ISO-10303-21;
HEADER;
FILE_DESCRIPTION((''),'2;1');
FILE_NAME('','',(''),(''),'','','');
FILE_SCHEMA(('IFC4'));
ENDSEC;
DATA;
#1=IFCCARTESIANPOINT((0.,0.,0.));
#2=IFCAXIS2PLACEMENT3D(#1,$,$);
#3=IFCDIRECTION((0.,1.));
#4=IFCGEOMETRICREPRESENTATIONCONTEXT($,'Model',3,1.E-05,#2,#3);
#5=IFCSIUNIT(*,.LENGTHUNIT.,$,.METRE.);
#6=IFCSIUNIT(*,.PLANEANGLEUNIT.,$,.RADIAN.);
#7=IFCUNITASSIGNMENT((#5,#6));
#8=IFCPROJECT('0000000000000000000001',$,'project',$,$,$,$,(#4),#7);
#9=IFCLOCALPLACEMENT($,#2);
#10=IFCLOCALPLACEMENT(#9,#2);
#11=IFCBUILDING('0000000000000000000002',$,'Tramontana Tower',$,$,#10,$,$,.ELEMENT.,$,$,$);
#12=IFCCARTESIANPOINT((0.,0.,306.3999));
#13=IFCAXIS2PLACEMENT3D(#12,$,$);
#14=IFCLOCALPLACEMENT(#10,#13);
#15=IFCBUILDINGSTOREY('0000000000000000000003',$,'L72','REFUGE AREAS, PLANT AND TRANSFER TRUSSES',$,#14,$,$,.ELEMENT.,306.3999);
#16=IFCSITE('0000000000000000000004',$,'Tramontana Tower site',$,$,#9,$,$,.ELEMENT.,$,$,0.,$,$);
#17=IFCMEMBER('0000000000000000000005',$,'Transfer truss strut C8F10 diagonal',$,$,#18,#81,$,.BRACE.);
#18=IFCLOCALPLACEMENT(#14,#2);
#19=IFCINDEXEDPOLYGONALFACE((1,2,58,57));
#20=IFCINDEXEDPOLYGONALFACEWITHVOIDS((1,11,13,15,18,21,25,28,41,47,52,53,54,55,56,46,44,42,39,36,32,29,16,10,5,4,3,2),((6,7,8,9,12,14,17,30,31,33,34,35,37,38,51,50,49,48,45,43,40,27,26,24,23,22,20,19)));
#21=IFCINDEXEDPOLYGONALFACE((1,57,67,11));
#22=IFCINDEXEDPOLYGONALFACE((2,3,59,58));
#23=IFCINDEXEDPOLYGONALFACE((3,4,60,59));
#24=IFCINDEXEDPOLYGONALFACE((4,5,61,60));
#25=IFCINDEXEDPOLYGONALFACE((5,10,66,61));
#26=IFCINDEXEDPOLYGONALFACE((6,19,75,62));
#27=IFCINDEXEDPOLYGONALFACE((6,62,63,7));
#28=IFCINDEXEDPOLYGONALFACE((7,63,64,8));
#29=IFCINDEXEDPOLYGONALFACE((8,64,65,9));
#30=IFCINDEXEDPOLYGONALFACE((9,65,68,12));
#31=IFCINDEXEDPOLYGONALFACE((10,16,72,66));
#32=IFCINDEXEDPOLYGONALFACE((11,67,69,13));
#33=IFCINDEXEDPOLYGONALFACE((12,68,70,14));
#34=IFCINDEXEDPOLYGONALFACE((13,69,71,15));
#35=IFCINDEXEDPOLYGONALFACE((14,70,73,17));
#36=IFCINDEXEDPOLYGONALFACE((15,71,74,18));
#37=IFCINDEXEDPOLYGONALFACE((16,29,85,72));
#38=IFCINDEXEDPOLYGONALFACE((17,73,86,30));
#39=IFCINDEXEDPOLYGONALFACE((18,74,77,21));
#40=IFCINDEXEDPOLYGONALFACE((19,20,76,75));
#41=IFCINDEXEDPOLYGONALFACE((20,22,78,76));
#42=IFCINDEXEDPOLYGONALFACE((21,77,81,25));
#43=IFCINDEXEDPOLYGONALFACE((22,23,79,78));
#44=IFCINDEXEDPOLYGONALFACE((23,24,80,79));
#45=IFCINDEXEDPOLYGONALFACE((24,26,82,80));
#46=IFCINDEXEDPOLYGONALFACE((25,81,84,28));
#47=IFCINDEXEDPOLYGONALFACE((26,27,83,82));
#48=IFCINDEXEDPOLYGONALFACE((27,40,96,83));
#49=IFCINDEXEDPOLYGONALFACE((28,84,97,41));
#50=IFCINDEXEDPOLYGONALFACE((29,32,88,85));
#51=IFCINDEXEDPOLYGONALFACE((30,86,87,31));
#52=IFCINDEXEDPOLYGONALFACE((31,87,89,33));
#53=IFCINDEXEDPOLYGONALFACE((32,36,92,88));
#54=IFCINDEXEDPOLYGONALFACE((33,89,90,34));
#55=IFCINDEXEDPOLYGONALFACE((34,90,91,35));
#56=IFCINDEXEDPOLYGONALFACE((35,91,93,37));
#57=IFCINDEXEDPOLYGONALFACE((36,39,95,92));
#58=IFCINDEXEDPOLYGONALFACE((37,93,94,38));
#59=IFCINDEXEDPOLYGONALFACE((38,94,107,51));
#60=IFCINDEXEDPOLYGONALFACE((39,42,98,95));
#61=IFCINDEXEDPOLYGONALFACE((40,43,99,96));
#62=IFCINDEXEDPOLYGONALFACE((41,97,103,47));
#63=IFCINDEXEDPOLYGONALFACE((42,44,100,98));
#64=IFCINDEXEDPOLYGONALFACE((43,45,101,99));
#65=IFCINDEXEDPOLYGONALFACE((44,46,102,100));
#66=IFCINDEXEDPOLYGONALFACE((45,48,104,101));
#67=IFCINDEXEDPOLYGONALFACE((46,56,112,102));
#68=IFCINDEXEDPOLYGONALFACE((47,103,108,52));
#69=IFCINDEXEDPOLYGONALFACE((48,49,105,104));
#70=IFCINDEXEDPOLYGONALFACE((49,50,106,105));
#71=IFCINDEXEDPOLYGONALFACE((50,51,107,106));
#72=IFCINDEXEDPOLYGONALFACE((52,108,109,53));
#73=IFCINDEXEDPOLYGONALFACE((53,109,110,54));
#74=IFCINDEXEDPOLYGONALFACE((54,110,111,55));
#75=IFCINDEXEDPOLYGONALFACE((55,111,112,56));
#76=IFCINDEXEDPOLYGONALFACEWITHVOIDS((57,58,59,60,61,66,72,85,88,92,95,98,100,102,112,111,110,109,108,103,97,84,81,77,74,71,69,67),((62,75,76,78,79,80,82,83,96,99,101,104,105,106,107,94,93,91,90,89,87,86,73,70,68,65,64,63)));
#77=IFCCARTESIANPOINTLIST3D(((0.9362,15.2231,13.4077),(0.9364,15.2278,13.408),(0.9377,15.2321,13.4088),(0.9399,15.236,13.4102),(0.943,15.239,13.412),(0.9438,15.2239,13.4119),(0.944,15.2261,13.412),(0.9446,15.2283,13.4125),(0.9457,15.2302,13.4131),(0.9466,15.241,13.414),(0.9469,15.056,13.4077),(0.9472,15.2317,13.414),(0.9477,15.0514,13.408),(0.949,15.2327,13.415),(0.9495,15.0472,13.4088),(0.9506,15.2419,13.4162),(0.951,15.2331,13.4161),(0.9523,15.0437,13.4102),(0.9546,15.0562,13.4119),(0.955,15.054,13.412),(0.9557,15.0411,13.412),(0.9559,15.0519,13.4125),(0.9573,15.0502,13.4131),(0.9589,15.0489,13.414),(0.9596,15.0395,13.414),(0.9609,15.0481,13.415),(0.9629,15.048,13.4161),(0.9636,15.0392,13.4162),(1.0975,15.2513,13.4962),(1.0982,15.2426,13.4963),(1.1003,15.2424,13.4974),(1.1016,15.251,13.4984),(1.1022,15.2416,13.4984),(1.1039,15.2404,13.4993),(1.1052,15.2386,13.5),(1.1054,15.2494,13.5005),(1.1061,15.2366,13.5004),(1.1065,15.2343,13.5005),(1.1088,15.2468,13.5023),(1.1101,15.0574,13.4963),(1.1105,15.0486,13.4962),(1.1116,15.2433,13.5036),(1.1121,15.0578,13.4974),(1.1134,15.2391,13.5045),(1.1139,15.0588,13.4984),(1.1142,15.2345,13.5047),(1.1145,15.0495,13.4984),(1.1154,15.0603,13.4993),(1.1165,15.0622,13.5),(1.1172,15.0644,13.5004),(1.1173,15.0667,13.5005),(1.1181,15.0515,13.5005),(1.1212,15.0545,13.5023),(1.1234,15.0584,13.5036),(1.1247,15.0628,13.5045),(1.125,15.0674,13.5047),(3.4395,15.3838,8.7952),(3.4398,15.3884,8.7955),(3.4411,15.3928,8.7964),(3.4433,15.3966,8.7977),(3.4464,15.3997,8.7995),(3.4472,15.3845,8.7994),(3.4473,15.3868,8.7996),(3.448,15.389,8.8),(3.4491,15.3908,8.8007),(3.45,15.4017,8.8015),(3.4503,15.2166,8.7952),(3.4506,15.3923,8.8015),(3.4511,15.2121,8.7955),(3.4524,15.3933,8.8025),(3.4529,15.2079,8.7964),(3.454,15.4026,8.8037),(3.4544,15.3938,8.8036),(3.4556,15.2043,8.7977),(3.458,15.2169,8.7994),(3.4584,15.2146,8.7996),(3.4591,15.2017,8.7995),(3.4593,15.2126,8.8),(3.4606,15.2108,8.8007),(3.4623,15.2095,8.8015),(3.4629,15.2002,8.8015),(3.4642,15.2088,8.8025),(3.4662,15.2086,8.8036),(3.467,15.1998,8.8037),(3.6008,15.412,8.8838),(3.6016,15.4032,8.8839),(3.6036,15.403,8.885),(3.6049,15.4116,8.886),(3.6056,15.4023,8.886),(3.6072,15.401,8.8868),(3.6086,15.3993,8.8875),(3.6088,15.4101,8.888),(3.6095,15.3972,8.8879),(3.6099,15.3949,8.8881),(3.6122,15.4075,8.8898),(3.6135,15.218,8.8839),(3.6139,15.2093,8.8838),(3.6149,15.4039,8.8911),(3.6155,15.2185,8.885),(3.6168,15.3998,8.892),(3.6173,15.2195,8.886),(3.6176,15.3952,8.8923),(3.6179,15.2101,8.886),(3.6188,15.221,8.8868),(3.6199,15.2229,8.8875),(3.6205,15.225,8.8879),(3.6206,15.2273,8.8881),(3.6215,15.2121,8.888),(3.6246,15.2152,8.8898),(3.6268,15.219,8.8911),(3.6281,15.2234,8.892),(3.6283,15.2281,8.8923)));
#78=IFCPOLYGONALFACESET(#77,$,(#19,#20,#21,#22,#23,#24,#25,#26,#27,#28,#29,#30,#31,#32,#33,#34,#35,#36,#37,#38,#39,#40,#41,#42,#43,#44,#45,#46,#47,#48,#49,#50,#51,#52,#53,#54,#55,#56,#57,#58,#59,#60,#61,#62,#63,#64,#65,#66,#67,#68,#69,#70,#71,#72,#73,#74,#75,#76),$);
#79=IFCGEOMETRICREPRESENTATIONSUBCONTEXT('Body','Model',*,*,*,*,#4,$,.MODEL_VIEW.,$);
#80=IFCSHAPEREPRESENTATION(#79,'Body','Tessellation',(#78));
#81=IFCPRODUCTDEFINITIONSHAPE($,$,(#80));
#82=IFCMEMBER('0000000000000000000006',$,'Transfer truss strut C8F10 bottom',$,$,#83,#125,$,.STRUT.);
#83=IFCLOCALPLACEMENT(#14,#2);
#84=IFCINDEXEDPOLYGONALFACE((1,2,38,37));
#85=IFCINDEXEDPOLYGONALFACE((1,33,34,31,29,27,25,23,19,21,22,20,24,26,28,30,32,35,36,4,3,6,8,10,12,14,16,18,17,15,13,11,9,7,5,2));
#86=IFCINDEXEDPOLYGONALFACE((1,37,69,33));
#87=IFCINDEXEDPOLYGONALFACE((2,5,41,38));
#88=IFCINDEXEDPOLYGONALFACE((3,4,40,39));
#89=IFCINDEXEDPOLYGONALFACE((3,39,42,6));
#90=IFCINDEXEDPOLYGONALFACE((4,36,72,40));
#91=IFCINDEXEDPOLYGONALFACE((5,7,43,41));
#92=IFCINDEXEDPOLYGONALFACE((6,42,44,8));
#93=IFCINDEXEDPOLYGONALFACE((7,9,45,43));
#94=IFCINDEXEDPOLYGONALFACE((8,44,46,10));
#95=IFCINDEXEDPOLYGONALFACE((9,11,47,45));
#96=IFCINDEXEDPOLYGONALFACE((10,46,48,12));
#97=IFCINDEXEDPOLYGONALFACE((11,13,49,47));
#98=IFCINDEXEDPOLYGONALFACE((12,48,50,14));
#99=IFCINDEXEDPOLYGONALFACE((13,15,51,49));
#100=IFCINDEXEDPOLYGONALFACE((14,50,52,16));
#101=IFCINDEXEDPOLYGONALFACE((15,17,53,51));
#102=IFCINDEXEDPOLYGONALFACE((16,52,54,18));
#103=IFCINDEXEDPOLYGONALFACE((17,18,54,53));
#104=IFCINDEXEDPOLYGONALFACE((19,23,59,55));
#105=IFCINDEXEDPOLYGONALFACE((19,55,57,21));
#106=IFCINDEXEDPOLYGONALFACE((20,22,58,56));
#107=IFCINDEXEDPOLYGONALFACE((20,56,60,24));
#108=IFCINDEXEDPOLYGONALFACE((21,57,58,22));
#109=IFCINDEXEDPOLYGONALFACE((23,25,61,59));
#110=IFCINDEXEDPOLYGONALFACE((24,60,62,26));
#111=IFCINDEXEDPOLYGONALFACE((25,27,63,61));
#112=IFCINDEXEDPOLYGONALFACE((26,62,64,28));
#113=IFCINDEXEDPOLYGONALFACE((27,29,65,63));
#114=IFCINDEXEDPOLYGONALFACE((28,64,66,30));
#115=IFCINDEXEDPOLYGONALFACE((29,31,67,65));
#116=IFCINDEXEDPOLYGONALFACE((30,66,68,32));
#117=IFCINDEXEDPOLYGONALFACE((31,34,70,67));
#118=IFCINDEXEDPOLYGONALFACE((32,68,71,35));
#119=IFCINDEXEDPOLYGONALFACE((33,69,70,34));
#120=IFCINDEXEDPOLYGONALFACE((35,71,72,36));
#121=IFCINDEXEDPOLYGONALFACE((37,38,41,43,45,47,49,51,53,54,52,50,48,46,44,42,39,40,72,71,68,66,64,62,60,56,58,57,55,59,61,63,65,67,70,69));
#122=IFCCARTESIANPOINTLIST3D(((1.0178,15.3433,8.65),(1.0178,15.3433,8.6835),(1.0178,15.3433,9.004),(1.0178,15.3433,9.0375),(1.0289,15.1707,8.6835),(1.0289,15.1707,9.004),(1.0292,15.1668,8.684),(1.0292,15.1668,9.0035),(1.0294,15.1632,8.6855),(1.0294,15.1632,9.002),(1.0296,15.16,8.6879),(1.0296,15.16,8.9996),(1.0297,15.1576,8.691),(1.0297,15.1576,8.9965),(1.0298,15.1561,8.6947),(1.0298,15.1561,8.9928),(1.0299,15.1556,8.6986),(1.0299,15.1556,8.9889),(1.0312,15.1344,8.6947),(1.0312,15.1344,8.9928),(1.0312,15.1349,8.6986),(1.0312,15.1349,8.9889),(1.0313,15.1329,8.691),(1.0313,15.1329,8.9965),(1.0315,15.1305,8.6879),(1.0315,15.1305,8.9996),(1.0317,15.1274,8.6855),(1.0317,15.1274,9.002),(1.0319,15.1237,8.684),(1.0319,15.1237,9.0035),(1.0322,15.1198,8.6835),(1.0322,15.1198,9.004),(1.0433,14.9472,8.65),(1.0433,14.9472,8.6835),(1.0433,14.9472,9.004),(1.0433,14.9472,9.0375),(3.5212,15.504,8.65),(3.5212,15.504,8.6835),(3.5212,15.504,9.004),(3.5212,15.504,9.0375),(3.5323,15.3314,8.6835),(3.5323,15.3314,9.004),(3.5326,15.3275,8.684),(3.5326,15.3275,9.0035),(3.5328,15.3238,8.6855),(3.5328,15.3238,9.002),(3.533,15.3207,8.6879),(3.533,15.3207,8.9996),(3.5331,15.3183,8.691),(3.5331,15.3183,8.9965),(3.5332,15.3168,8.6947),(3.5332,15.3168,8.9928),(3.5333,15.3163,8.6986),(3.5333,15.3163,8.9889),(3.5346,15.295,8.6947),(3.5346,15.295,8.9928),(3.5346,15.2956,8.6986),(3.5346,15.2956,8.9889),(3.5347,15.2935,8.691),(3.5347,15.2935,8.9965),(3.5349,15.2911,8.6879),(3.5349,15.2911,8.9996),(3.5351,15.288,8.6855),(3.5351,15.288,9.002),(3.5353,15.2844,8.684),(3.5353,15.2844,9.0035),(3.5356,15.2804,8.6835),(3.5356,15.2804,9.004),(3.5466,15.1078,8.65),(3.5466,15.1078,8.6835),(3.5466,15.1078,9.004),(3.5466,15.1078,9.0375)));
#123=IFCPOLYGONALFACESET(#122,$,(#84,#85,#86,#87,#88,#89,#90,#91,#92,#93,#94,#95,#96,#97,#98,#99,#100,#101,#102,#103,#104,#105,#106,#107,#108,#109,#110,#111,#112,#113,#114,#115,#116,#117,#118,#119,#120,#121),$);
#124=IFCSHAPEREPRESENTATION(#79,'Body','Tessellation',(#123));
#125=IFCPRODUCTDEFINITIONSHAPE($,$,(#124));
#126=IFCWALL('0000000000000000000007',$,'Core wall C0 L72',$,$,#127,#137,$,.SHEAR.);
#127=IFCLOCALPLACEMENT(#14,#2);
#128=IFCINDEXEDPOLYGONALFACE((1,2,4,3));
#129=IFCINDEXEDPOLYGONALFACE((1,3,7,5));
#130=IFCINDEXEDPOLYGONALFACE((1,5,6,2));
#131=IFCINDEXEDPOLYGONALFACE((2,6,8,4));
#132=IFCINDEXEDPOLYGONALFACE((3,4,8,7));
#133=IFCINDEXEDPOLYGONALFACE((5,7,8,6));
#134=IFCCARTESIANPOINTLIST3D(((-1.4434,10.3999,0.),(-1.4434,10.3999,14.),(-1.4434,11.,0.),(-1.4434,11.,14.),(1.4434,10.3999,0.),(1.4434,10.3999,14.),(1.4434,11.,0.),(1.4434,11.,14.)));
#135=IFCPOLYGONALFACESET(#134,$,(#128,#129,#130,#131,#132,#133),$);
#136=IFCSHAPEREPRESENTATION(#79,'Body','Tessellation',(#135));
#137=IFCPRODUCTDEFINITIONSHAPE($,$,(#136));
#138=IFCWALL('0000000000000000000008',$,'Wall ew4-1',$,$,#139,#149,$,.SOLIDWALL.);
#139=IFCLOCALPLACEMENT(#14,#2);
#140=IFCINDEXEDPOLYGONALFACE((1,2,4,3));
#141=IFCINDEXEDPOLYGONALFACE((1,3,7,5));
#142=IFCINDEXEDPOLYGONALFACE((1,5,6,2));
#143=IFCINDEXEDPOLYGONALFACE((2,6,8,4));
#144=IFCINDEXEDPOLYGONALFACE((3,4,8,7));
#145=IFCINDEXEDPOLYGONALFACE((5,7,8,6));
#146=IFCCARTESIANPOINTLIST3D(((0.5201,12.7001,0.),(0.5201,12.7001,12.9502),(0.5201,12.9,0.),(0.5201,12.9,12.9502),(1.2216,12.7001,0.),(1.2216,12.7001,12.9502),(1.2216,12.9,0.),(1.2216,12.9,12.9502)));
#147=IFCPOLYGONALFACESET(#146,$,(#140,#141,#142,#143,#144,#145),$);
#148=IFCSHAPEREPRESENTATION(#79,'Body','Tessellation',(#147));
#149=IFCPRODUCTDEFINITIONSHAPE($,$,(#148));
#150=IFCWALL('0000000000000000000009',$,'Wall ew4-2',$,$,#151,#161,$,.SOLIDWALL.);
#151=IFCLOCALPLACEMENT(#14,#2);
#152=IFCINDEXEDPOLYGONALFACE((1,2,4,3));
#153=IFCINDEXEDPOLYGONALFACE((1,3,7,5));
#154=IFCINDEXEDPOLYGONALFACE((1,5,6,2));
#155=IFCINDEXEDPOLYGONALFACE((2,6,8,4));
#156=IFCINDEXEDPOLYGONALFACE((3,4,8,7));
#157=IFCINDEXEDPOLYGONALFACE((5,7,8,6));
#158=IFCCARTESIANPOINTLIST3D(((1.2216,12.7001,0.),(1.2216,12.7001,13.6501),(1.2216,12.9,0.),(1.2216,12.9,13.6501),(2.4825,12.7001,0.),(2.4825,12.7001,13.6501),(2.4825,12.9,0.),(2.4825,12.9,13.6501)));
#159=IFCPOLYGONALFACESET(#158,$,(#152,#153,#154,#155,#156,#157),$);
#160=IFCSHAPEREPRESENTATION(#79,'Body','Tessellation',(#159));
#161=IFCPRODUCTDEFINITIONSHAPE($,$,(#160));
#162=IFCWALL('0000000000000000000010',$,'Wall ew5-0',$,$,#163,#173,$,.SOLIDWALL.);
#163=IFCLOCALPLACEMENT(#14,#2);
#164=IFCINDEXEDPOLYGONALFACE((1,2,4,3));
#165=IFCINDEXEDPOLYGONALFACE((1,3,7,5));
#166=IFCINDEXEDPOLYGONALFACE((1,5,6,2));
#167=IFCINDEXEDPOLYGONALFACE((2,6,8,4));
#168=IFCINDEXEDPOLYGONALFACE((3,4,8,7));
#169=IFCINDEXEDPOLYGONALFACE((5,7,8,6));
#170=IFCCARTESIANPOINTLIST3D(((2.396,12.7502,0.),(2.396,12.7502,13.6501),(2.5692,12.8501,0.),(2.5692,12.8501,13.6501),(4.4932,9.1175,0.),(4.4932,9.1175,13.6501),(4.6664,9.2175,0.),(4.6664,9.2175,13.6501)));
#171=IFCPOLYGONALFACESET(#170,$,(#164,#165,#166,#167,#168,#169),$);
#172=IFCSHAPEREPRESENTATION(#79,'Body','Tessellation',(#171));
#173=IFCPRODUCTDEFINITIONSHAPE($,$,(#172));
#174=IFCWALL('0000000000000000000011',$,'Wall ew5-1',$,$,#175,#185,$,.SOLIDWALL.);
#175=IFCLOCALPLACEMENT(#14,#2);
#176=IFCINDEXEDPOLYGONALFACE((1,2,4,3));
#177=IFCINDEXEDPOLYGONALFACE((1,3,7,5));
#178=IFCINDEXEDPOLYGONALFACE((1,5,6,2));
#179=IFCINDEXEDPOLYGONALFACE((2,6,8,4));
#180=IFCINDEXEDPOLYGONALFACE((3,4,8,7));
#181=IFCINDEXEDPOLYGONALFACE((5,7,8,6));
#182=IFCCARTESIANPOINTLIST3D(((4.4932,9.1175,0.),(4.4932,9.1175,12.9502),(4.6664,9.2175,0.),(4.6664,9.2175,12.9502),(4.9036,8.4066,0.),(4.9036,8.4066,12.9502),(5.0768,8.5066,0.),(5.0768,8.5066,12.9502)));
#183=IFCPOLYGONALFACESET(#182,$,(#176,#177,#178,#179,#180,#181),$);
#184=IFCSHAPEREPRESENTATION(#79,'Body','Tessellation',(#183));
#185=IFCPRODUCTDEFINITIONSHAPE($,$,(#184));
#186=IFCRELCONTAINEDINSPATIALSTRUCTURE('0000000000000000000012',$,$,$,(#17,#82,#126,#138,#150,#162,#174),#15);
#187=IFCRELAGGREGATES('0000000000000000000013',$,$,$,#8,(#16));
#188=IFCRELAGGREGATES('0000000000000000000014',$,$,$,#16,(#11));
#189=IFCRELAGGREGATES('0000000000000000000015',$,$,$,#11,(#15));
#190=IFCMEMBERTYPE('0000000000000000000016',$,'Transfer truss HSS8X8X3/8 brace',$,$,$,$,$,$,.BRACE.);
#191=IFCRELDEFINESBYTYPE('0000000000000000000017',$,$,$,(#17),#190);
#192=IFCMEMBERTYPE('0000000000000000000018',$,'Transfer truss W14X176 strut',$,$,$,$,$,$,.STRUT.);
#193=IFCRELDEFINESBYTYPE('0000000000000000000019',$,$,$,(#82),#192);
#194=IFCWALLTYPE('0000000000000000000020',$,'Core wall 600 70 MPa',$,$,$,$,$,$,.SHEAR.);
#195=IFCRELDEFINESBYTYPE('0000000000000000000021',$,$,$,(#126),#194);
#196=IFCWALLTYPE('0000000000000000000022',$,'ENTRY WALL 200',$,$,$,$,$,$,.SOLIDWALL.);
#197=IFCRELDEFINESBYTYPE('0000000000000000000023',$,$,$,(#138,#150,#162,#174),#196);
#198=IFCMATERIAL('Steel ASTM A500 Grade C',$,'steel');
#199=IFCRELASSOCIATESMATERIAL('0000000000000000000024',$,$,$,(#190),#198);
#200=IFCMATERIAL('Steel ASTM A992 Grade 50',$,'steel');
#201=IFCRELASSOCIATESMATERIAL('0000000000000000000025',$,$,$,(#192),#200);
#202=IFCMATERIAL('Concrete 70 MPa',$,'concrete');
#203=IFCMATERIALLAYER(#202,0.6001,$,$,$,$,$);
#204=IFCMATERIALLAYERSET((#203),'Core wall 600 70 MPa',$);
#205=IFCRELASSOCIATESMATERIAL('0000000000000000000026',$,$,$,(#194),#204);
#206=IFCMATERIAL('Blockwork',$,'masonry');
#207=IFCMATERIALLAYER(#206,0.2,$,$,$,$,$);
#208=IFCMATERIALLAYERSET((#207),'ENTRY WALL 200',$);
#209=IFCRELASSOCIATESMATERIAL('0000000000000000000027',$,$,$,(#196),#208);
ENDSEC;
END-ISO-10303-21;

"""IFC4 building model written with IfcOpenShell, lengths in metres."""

from ifc_helpers import new_model, si_unit, direction, frame, frame_2d, origin, origin_2d, place, context, subcontext, project, spatial, rectangle, hollow_rectangle, i_section, extrude, material, layer, layer_set, material_profile, profile_set, type_object, element, save


model = new_model("IFC4")

# Units and contexts
model_context = context("Model", 3, precision=1e-05, world=origin(), true_north=direction((0.0, 1.0)))
body_context = subcontext(model_context, "Body", "Model", "MODEL_VIEW")
ifc_project = project(units=[si_unit("LENGTHUNIT", "METRE"), si_unit("PLANEANGLEUNIT", "RADIAN")], contexts=[model_context])

# Site, building, storey
site_placement = place(None, origin())
site = spatial("IfcSite", under=ifc_project, at=site_placement, Name="Tramontana Tower site", CompositionType="ELEMENT", RefElevation=0.0)
building_placement = place(site_placement, origin())
building = spatial("IfcBuilding", under=site, at=building_placement, Name="Tramontana Tower", CompositionType="ELEMENT")
storey_placement = place(building_placement, frame((0.0, 0.0, 306.3999)))
storey = spatial("IfcBuildingStorey", under=building, at=storey_placement, Name="L72", Description="REFUGE AREAS, PLANT AND TRANSFER TRUSSES", CompositionType="ELEMENT", Elevation=306.3999)

# Members
ifc_material_1 = material(Name="Steel ASTM A500 Grade C", Category="steel")
ifc_material_profile_1 = material_profile(ifc_material_1, hollow_rectangle(XDim=0.2031, YDim=0.2031, WallThickness=0.0088, InnerFilletRadius=0.0088, OuterFilletRadius=0.0178, at=origin_2d()), Name="HSS8X8X3/8")
ifc_profile_set_1 = profile_set([ifc_material_profile_1], Name="Steel ASTM A500 Grade C")
member_type_1 = type_object("IfcMemberType", Name="Transfer truss HSS8X8X3/8 brace", PredefinedType="BRACE", material=ifc_profile_set_1)
member_1_placement = place(storey_placement, frame((3.5339, 15.3059, 8.8438), z_axis=(-0.476789, -0.030596, 0.878485), x_axis=(0.064038, -0.997947, 0.0)))
element("IfcMember", 1, at=member_1_placement, inside=storey, type_object=member_type_1, Name="Transfer truss strut C8F10 diagonal", PredefinedType="BRACE", context=body_context, shape_type="SweptSolid", body=[
    extrude(hollow_rectangle(XDim=0.2031, YDim=0.2031, WallThickness=0.0088, InnerFilletRadius=0.0088, OuterFilletRadius=0.0178, at=origin_2d()), origin(), (0.0, 0.0, 1.0), 5.2505),
])
ifc_material_2 = material(Name="Steel ASTM A992 Grade 50", Category="steel")
ifc_material_profile_2 = material_profile(ifc_material_2, i_section(OverallWidth=0.397, OverallDepth=0.3875, WebThickness=0.0208, FlangeThickness=0.0334, FilletRadius=0.0151, at=origin_2d()), Name="W14X176")
ifc_profile_set_2 = profile_set([ifc_material_profile_2], Name="Steel ASTM A992 Grade 50")
member_type_2 = type_object("IfcMemberType", Name="Transfer truss W14X176 strut", PredefinedType="STRUT", material=ifc_profile_set_2)
member_2_placement = place(storey_placement, frame((3.5339, 15.3059, 8.8438), z_axis=(-0.997947, -0.064038, 0.0), x_axis=(0.064038, -0.997947, 0.0)))
element("IfcMember", 2, at=member_2_placement, inside=storey, type_object=member_type_2, Name="Transfer truss strut C8F10 bottom", PredefinedType="STRUT", context=body_context, shape_type="SweptSolid", body=[
    extrude(i_section(OverallWidth=0.397, OverallDepth=0.3875, WebThickness=0.0208, FlangeThickness=0.0334, FilletRadius=0.0151, at=origin_2d()), origin(), (0.0, 0.0, 1.0), 2.5085),
])

# Walls
ifc_material_3 = material(Name="Concrete 70 MPa", Category="concrete")
ifc_layer_1 = layer(ifc_material_3, 0.6001)
ifc_layer_set_1 = layer_set([ifc_layer_1], Name="Core wall 600 70 MPa")
wall_type_1 = type_object("IfcWallType", Name="Core wall 600 70 MPa", PredefinedType="SHEAR", material=ifc_layer_set_1)
wall_1_placement = place(storey_placement, frame((1.4434, 10.7, 0.0), z_axis=(0.0, 0.0, 1.0), x_axis=(-1.0, 0.0, 0.0)))
element("IfcWall", 3, at=wall_1_placement, inside=storey, type_object=wall_type_1, Name="Core wall C0 L72", PredefinedType="SHEAR", context=body_context, shape_type="SweptSolid", body=[
    extrude(rectangle(XDim=2.8867, YDim=0.6001, at=frame_2d((1.4434, 0.0))), origin(), (0.0, 0.0, 1.0), 14.0),
])
ifc_material_4 = material(Name="Blockwork", Category="masonry")
ifc_layer_2 = layer(ifc_material_4, 0.2)
ifc_layer_set_2 = layer_set([ifc_layer_2], Name="ENTRY WALL 200")
wall_type_2 = type_object("IfcWallType", Name="ENTRY WALL 200", PredefinedType="SOLIDWALL", material=ifc_layer_set_2)
wall_2_placement = place(storey_placement, frame((0.5203, 12.8, 0.0), z_axis=(0.0, 0.0, 1.0), x_axis=(1.0, 0.0, 0.0)))
element("IfcWall", 4, at=wall_2_placement, inside=storey, type_object=wall_type_2, Name="Wall ew4-1", PredefinedType="SOLIDWALL", context=body_context, shape_type="SweptSolid", body=[
    extrude(rectangle(XDim=0.7014, YDim=0.2, at=frame_2d((0.3506, 0.0))), origin(), (0.0, 0.0, 1.0), 12.9502),
])
wall_3_placement = place(storey_placement, frame((1.2217, 12.8, 0.0), z_axis=(0.0, 0.0, 1.0), x_axis=(1.0, 0.0, 0.0)))
element("IfcWall", 5, at=wall_3_placement, inside=storey, type_object=wall_type_2, Name="Wall ew4-2", PredefinedType="SOLIDWALL", context=body_context, shape_type="SweptSolid", body=[
    extrude(rectangle(XDim=1.261, YDim=0.2, at=frame_2d((0.6304, 0.0))), origin(), (0.0, 0.0, 1.0), 13.6501),
])
wall_4_placement = place(storey_placement, frame((2.4827, 12.8, 0.0), z_axis=(0.0, 0.0, 1.0), x_axis=(0.499983, -0.866035, 0.0)))
element("IfcWall", 6, at=wall_4_placement, inside=storey, type_object=wall_type_2, Name="Wall ew5-0", PredefinedType="SOLIDWALL", context=body_context, shape_type="SweptSolid", body=[
    extrude(rectangle(XDim=4.1946, YDim=0.2, at=frame_2d((2.0972, 0.0))), origin(), (0.0, 0.0, 1.0), 13.6501),
])
wall_5_placement = place(storey_placement, frame((4.5798, 9.1675, 0.0), z_axis=(0.0, 0.0, 1.0), x_axis=(0.499946, -0.866057, 0.0)))
element("IfcWall", 7, at=wall_5_placement, inside=storey, type_object=wall_type_2, Name="Wall ew5-1", PredefinedType="SOLIDWALL", context=body_context, shape_type="SweptSolid", body=[
    extrude(rectangle(XDim=0.8208, YDim=0.2, at=frame_2d((0.4104, 0.0))), origin(), (0.0, 0.0, 1.0), 12.9502),
])

save(model, "model.ifc")
